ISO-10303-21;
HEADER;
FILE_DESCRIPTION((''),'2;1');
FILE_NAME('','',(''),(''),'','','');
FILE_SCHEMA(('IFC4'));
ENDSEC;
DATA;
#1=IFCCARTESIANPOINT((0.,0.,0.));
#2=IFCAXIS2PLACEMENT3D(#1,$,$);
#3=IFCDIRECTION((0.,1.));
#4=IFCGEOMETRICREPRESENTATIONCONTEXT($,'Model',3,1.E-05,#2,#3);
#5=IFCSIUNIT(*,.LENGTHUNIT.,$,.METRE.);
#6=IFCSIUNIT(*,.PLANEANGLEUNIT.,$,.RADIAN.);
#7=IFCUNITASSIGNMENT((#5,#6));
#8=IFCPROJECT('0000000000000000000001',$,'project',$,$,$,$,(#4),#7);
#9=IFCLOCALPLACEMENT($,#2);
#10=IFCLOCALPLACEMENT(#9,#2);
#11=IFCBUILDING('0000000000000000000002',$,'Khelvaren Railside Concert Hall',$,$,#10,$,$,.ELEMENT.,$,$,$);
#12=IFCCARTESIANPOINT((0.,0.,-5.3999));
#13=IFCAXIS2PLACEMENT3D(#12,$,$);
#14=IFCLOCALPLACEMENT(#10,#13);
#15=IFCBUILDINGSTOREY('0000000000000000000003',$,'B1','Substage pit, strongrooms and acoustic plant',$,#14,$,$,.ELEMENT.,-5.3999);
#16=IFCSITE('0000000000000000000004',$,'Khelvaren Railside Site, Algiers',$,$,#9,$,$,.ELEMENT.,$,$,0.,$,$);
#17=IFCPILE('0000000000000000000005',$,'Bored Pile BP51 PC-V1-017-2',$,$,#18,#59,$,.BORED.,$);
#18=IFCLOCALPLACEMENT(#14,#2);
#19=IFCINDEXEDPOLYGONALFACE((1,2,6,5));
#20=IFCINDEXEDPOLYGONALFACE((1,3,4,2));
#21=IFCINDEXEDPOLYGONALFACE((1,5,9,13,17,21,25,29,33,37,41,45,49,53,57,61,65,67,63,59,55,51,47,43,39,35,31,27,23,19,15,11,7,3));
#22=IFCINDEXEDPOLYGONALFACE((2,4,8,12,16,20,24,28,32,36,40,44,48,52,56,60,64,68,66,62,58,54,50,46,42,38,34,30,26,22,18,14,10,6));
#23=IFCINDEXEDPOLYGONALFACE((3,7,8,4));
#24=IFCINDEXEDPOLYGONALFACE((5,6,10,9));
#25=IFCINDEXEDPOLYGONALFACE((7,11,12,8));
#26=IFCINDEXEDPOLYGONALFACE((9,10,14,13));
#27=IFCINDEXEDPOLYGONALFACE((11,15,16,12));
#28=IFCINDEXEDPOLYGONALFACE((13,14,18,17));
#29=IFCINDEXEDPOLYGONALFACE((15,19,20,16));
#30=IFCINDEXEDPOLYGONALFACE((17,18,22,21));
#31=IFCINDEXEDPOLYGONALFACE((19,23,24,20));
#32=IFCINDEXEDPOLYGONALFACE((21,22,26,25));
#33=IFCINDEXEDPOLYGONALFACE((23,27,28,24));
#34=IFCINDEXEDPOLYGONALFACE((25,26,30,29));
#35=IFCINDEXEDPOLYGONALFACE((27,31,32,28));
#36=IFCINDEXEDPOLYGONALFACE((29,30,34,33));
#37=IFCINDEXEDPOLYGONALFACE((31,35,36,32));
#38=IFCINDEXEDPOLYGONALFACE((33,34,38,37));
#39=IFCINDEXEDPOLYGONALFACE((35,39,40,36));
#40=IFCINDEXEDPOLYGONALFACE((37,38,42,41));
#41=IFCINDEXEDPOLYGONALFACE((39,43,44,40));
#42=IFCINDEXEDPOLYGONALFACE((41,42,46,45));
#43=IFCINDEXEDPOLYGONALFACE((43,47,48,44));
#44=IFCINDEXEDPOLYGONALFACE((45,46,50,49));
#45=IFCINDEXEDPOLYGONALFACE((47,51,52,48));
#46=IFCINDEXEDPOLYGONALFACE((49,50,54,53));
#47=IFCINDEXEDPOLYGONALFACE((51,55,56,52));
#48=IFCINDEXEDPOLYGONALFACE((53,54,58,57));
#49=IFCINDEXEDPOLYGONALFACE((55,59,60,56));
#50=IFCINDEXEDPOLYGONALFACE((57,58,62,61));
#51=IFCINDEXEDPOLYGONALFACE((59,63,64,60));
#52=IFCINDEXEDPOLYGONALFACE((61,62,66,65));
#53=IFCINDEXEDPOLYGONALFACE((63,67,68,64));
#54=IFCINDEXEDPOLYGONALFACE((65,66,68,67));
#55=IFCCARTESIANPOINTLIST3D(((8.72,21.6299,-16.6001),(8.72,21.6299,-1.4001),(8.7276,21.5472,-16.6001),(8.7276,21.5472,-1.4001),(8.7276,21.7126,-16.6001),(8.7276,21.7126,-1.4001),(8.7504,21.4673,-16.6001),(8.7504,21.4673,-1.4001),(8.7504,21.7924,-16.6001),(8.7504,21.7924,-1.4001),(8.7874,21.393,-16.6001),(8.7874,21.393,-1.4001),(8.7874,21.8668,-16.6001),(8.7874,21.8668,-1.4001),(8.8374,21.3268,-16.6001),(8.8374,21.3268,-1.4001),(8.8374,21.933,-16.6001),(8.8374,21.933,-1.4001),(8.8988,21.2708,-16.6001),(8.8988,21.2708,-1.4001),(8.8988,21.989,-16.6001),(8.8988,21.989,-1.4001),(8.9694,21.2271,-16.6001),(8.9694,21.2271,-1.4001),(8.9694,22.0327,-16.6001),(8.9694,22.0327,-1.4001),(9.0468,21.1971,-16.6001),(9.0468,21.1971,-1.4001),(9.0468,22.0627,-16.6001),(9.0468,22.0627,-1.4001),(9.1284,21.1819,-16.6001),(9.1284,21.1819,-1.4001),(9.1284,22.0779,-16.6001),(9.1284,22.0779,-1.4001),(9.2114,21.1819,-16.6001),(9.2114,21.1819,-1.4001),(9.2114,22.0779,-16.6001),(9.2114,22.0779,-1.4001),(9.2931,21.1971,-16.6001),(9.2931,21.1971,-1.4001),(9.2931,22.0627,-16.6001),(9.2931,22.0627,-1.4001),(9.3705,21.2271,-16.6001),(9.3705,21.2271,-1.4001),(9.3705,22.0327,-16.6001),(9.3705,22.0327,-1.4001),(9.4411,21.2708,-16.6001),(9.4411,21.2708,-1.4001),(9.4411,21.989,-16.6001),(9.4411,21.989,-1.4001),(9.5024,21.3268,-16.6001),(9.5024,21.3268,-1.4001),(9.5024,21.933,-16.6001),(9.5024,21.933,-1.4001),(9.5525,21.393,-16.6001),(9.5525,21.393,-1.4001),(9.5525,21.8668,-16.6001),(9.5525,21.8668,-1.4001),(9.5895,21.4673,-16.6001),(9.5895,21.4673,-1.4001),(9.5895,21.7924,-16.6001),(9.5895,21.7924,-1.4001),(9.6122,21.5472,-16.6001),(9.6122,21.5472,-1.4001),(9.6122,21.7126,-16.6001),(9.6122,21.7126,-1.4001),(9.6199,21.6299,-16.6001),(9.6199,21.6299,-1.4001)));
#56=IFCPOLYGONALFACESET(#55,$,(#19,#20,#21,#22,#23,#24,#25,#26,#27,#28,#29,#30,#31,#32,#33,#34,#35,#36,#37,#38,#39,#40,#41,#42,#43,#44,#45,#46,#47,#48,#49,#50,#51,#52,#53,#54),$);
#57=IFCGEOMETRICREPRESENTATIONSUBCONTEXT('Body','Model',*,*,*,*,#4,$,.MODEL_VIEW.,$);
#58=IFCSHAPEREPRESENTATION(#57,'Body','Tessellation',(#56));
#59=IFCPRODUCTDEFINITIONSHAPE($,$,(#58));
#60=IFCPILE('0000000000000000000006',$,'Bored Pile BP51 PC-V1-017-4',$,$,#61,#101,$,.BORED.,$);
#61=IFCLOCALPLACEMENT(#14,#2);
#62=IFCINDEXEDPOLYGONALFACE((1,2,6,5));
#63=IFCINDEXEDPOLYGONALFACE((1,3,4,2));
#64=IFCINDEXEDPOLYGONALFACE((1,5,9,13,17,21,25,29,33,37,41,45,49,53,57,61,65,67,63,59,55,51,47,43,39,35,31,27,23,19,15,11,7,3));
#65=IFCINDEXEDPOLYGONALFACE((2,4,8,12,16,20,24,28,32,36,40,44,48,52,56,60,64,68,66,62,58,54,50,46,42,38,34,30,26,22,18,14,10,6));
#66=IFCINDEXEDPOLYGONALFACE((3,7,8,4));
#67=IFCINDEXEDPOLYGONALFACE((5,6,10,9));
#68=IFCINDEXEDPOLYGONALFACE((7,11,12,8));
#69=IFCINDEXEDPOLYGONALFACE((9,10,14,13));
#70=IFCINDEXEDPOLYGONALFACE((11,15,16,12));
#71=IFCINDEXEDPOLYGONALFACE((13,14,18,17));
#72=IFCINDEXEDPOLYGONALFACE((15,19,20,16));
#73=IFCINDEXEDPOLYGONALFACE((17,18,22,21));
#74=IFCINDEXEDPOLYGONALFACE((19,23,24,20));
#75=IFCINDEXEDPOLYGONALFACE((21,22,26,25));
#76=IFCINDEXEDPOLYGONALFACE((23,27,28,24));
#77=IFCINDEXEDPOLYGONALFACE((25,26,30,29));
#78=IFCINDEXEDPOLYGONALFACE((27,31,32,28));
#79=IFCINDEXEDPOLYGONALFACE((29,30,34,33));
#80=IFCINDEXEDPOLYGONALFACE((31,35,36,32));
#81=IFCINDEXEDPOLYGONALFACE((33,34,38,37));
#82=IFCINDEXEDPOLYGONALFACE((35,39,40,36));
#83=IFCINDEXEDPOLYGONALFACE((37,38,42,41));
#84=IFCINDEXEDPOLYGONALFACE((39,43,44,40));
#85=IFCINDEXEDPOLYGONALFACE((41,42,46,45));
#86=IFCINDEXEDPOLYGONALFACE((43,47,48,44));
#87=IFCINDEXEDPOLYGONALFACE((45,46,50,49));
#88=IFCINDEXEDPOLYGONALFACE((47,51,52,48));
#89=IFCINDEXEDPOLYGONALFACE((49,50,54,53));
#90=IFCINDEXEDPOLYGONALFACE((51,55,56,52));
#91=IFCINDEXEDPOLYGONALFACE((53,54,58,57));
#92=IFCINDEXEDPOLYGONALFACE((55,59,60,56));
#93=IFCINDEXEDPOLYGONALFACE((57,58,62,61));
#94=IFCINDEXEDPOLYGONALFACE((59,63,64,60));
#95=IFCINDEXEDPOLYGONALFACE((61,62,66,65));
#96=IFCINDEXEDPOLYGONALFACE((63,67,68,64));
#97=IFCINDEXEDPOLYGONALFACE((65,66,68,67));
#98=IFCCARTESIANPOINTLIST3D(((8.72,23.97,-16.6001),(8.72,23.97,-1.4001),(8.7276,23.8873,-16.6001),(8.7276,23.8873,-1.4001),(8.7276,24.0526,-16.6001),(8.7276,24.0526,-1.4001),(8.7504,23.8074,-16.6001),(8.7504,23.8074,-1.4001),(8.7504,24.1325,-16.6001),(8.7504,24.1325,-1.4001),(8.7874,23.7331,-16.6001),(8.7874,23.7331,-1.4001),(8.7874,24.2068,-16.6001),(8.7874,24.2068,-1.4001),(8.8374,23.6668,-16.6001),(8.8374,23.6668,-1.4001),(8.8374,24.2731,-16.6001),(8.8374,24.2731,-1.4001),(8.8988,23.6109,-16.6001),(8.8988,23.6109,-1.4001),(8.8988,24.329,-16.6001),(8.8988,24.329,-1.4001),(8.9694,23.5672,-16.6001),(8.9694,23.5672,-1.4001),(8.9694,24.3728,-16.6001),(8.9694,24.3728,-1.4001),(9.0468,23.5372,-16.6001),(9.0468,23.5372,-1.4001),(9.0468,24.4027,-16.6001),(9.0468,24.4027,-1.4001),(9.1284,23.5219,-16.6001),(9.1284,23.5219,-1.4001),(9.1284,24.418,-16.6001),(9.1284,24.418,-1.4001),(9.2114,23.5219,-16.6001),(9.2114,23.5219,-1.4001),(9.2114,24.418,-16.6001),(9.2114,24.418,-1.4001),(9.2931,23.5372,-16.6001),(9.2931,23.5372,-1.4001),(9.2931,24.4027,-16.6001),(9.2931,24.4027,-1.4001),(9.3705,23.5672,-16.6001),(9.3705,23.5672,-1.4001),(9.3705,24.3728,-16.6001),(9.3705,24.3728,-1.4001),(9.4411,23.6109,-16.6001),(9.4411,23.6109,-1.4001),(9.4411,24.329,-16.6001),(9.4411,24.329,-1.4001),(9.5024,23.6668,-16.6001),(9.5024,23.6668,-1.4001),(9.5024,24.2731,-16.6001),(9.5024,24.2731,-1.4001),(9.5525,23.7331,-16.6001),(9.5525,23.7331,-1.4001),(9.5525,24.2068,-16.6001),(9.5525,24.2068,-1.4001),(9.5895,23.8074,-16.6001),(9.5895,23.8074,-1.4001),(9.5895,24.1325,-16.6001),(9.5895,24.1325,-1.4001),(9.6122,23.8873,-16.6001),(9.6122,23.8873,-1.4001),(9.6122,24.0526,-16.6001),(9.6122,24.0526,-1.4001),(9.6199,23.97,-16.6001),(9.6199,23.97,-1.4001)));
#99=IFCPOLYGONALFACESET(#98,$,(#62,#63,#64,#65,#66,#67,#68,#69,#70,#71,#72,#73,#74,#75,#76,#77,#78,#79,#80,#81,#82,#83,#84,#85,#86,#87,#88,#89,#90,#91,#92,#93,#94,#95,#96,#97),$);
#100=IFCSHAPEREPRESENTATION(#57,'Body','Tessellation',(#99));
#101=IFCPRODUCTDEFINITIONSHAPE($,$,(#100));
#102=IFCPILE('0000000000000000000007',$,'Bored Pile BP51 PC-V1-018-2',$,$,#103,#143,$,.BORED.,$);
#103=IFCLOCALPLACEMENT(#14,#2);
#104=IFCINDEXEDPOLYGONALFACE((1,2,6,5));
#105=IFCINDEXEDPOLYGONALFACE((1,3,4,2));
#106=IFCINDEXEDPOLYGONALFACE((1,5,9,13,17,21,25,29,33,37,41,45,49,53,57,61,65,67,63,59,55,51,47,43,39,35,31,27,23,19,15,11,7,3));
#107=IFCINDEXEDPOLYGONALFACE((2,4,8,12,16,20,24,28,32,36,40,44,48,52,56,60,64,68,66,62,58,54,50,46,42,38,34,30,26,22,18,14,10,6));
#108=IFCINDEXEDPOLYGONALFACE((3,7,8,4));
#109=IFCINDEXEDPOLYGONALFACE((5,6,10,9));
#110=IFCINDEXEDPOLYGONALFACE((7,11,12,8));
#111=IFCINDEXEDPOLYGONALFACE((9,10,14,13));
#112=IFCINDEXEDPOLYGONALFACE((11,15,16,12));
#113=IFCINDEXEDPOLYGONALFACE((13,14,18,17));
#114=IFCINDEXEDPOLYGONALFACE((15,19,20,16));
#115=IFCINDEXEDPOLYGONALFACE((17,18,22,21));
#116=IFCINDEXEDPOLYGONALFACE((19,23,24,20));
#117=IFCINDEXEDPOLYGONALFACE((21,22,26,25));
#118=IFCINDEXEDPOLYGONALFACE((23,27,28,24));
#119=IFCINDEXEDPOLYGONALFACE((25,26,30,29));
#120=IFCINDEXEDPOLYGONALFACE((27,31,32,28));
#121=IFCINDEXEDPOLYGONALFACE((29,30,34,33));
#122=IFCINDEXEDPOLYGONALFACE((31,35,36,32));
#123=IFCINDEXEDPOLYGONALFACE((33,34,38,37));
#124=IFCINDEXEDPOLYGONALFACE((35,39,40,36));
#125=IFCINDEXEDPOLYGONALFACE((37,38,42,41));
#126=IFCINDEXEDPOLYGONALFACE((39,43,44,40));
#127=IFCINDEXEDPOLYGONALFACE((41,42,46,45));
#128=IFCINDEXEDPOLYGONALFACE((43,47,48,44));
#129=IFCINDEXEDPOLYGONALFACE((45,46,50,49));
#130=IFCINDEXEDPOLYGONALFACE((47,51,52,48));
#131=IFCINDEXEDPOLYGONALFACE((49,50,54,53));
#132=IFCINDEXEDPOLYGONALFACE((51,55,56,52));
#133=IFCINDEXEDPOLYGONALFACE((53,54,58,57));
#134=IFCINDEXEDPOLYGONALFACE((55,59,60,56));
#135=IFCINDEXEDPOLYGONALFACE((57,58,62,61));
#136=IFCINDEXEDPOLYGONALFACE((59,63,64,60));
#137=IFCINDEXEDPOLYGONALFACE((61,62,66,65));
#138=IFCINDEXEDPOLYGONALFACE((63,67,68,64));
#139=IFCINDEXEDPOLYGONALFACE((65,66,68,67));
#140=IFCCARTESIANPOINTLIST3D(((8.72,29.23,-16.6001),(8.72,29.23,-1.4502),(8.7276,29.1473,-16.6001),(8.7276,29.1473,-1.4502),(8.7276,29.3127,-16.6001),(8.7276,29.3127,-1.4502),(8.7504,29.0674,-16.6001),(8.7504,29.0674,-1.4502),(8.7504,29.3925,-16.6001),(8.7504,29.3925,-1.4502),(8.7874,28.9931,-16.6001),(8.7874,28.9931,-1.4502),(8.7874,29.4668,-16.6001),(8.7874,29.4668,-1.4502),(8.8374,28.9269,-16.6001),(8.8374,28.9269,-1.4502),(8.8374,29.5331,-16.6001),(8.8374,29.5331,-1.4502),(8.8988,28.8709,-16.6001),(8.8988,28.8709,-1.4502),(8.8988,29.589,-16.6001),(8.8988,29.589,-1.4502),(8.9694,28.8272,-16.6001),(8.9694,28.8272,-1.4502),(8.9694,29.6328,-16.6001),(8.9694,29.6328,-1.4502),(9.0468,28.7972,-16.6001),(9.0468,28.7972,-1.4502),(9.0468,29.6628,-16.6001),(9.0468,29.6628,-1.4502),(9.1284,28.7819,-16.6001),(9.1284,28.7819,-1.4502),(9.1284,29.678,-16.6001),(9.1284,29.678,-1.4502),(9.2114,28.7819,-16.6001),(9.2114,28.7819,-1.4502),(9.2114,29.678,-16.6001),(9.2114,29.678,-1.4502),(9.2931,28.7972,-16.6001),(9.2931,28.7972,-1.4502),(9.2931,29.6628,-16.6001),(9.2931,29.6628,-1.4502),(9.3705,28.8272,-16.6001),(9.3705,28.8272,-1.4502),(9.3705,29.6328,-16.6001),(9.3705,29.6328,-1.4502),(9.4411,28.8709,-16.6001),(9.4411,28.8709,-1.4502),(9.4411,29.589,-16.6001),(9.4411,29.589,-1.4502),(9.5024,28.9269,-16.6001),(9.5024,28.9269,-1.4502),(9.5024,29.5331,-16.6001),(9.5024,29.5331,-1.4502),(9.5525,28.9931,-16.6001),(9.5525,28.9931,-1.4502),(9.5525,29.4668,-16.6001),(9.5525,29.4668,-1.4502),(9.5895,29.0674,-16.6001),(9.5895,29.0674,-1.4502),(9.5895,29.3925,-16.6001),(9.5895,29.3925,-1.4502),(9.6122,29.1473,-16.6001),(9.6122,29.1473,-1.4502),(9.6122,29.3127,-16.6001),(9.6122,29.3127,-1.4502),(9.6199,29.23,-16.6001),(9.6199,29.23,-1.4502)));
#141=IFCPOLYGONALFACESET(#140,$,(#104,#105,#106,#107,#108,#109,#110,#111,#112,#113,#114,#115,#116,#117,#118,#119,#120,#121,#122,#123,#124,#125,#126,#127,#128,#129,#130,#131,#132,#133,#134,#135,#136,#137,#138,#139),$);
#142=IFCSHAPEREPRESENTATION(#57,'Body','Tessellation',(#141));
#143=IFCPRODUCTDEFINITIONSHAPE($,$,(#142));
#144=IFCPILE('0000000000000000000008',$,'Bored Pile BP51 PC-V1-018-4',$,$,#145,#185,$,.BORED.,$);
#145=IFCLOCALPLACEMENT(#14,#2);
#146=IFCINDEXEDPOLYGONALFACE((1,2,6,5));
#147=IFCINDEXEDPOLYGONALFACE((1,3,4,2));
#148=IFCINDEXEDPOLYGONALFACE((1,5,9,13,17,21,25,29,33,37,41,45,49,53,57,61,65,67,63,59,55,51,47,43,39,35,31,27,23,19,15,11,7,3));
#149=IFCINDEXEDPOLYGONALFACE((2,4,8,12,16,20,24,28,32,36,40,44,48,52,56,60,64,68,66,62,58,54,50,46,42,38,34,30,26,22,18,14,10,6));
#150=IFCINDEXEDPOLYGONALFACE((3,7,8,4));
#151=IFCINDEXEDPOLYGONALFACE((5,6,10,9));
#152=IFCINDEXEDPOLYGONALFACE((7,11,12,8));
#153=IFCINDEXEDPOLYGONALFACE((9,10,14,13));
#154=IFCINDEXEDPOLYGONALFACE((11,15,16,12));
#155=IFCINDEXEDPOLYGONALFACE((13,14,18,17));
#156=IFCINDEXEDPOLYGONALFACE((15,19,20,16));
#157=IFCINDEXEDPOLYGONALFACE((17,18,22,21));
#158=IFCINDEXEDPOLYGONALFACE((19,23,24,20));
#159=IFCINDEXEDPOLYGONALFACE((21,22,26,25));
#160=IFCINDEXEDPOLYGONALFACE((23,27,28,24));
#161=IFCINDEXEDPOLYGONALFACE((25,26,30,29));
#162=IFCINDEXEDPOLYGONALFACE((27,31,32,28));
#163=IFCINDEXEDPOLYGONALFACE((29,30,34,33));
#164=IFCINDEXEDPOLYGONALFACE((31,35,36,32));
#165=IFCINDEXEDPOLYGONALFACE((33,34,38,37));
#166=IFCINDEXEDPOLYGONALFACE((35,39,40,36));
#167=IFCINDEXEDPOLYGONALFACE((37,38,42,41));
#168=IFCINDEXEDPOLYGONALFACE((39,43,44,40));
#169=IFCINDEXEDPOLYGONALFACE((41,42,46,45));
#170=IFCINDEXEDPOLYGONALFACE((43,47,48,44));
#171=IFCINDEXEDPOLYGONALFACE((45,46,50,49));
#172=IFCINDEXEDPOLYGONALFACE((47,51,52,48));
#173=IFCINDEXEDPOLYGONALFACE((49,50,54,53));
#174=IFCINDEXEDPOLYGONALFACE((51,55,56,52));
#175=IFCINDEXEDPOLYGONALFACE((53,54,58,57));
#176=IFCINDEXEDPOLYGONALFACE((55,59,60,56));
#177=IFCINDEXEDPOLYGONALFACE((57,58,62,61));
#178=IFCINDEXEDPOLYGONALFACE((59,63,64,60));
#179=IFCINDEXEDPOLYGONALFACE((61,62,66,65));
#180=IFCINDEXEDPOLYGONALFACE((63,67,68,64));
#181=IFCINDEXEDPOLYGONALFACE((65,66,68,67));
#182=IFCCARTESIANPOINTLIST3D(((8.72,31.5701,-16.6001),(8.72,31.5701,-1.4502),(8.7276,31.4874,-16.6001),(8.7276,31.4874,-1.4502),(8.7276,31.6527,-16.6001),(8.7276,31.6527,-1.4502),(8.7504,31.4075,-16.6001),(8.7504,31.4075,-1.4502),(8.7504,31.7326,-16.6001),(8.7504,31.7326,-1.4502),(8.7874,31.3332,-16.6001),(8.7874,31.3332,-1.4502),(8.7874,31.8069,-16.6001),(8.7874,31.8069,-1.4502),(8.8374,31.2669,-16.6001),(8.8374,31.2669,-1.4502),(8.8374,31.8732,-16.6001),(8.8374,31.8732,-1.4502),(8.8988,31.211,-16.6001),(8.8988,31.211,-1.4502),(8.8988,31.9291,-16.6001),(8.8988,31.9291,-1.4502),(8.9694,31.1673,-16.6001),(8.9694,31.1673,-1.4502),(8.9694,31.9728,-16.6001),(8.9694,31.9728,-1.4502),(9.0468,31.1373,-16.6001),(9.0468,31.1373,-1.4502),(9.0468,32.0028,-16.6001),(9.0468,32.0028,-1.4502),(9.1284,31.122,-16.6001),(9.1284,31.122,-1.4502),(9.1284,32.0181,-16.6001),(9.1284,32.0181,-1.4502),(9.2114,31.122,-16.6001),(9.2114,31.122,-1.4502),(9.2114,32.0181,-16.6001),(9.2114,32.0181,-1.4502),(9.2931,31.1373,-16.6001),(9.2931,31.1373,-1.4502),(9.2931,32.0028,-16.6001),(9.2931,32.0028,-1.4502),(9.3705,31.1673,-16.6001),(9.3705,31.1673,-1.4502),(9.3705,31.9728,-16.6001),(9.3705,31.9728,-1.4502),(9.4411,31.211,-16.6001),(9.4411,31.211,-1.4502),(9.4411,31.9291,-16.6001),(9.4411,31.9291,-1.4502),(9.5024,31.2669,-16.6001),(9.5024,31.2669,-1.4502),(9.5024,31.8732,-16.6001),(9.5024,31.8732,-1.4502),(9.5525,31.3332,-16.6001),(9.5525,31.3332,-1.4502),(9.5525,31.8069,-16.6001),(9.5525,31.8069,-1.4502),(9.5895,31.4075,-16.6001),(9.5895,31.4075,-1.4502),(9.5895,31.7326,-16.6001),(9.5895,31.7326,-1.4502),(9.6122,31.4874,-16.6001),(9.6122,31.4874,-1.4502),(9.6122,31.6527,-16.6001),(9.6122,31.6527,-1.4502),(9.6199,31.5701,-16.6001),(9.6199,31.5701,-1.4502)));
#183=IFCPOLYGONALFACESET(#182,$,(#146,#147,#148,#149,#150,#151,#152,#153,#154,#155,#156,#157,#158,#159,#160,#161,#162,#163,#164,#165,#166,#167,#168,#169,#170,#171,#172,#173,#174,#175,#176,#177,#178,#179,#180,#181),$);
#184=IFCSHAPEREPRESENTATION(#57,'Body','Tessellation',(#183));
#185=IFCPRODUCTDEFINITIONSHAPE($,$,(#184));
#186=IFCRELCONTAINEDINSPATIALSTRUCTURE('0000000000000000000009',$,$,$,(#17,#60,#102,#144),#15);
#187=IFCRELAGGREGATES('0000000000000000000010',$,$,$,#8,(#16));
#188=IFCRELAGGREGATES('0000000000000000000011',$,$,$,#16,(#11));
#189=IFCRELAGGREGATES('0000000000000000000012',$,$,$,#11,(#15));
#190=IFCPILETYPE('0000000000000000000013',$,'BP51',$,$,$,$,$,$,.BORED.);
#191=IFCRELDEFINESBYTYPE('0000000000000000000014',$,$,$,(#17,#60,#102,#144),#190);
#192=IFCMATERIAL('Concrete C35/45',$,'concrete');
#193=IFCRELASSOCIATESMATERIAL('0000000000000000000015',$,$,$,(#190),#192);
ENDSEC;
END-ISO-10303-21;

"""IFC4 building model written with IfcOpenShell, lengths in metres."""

from ifc_helpers import new_model, si_unit, direction, frame, origin, origin_2d, place, context, subcontext, project, spatial, circle, extrude, material, material_profile, profile_set, type_object, element, save


model = new_model("IFC4")

# Units and contexts
model_context = context("Model", 3, precision=1e-05, world=origin(), true_north=direction((0.0, 1.0)))
body_context = subcontext(model_context, "Body", "Model", "MODEL_VIEW")
ifc_project = project(units=[si_unit("LENGTHUNIT", "METRE"), si_unit("PLANEANGLEUNIT", "RADIAN")], contexts=[model_context])

# Site, building, storey
site_placement = place(None, origin())
site = spatial("IfcSite", under=ifc_project, at=site_placement, Name="Khelvaren Railside Site, Algiers", CompositionType="ELEMENT", RefElevation=0.0)
building_placement = place(site_placement, origin())
building = spatial("IfcBuilding", under=site, at=building_placement, Name="Khelvaren Railside Concert Hall", CompositionType="ELEMENT")
storey_placement = place(building_placement, frame((0.0, 0.0, -5.3999)))
storey = spatial("IfcBuildingStorey", under=building, at=storey_placement, Name="B1", Description="Substage pit, strongrooms and acoustic plant", CompositionType="ELEMENT", Elevation=-5.3999)

# Piles
ifc_material_1 = material(Name="Concrete C35/45", Category="concrete")
ifc_material_profile_1 = material_profile(ifc_material_1, circle(Radius=0.45, at=origin_2d()), Name="BP D900")
ifc_profile_set_1 = profile_set([ifc_material_profile_1], Name="Concrete C35/45")
pile_type = type_object("IfcPileType", Name="BP51", PredefinedType="BORED", material=ifc_profile_set_1)
for number, where, z_axis, x_axis, name in (
    (1, (9.1699, 21.6299, -1.4001), (0.0, 0.0, -1.0), (1.0, 0.0, 0.0), "Bored Pile BP51 PC-V1-017-2"),
    (2, (9.1699, 23.97, -1.4001), (0.0, 0.0, -1.0), (1.0, 0.0, 0.0), "Bored Pile BP51 PC-V1-017-4"),
):
    element("IfcPile", number, at=place(storey_placement, frame(where, z_axis=z_axis, x_axis=x_axis)), inside=storey, type_object=pile_type, Name=name, PredefinedType="BORED", context=body_context, shape_type="SweptSolid", body=[
        extrude(circle(Radius=0.45, at=origin_2d()), origin(), (0.0, 0.0, 1.0), 15.2),
    ])
for number, where, z_axis, x_axis, name in (
    (3, (9.1699, 29.23, -1.4502), (0.0, 0.0, -1.0), (1.0, 0.0, 0.0), "Bored Pile BP51 PC-V1-018-2"),
    (4, (9.1699, 31.5701, -1.4502), (0.0, 0.0, -1.0), (1.0, 0.0, 0.0), "Bored Pile BP51 PC-V1-018-4"),
):
    element("IfcPile", number, at=place(storey_placement, frame(where, z_axis=z_axis, x_axis=x_axis)), inside=storey, type_object=pile_type, Name=name, PredefinedType="BORED", context=body_context, shape_type="SweptSolid", body=[
        extrude(circle(Radius=0.45, at=origin_2d()), origin(), (0.0, 0.0, 1.0), 15.1499),
    ])

save(model, "model.ifc")
